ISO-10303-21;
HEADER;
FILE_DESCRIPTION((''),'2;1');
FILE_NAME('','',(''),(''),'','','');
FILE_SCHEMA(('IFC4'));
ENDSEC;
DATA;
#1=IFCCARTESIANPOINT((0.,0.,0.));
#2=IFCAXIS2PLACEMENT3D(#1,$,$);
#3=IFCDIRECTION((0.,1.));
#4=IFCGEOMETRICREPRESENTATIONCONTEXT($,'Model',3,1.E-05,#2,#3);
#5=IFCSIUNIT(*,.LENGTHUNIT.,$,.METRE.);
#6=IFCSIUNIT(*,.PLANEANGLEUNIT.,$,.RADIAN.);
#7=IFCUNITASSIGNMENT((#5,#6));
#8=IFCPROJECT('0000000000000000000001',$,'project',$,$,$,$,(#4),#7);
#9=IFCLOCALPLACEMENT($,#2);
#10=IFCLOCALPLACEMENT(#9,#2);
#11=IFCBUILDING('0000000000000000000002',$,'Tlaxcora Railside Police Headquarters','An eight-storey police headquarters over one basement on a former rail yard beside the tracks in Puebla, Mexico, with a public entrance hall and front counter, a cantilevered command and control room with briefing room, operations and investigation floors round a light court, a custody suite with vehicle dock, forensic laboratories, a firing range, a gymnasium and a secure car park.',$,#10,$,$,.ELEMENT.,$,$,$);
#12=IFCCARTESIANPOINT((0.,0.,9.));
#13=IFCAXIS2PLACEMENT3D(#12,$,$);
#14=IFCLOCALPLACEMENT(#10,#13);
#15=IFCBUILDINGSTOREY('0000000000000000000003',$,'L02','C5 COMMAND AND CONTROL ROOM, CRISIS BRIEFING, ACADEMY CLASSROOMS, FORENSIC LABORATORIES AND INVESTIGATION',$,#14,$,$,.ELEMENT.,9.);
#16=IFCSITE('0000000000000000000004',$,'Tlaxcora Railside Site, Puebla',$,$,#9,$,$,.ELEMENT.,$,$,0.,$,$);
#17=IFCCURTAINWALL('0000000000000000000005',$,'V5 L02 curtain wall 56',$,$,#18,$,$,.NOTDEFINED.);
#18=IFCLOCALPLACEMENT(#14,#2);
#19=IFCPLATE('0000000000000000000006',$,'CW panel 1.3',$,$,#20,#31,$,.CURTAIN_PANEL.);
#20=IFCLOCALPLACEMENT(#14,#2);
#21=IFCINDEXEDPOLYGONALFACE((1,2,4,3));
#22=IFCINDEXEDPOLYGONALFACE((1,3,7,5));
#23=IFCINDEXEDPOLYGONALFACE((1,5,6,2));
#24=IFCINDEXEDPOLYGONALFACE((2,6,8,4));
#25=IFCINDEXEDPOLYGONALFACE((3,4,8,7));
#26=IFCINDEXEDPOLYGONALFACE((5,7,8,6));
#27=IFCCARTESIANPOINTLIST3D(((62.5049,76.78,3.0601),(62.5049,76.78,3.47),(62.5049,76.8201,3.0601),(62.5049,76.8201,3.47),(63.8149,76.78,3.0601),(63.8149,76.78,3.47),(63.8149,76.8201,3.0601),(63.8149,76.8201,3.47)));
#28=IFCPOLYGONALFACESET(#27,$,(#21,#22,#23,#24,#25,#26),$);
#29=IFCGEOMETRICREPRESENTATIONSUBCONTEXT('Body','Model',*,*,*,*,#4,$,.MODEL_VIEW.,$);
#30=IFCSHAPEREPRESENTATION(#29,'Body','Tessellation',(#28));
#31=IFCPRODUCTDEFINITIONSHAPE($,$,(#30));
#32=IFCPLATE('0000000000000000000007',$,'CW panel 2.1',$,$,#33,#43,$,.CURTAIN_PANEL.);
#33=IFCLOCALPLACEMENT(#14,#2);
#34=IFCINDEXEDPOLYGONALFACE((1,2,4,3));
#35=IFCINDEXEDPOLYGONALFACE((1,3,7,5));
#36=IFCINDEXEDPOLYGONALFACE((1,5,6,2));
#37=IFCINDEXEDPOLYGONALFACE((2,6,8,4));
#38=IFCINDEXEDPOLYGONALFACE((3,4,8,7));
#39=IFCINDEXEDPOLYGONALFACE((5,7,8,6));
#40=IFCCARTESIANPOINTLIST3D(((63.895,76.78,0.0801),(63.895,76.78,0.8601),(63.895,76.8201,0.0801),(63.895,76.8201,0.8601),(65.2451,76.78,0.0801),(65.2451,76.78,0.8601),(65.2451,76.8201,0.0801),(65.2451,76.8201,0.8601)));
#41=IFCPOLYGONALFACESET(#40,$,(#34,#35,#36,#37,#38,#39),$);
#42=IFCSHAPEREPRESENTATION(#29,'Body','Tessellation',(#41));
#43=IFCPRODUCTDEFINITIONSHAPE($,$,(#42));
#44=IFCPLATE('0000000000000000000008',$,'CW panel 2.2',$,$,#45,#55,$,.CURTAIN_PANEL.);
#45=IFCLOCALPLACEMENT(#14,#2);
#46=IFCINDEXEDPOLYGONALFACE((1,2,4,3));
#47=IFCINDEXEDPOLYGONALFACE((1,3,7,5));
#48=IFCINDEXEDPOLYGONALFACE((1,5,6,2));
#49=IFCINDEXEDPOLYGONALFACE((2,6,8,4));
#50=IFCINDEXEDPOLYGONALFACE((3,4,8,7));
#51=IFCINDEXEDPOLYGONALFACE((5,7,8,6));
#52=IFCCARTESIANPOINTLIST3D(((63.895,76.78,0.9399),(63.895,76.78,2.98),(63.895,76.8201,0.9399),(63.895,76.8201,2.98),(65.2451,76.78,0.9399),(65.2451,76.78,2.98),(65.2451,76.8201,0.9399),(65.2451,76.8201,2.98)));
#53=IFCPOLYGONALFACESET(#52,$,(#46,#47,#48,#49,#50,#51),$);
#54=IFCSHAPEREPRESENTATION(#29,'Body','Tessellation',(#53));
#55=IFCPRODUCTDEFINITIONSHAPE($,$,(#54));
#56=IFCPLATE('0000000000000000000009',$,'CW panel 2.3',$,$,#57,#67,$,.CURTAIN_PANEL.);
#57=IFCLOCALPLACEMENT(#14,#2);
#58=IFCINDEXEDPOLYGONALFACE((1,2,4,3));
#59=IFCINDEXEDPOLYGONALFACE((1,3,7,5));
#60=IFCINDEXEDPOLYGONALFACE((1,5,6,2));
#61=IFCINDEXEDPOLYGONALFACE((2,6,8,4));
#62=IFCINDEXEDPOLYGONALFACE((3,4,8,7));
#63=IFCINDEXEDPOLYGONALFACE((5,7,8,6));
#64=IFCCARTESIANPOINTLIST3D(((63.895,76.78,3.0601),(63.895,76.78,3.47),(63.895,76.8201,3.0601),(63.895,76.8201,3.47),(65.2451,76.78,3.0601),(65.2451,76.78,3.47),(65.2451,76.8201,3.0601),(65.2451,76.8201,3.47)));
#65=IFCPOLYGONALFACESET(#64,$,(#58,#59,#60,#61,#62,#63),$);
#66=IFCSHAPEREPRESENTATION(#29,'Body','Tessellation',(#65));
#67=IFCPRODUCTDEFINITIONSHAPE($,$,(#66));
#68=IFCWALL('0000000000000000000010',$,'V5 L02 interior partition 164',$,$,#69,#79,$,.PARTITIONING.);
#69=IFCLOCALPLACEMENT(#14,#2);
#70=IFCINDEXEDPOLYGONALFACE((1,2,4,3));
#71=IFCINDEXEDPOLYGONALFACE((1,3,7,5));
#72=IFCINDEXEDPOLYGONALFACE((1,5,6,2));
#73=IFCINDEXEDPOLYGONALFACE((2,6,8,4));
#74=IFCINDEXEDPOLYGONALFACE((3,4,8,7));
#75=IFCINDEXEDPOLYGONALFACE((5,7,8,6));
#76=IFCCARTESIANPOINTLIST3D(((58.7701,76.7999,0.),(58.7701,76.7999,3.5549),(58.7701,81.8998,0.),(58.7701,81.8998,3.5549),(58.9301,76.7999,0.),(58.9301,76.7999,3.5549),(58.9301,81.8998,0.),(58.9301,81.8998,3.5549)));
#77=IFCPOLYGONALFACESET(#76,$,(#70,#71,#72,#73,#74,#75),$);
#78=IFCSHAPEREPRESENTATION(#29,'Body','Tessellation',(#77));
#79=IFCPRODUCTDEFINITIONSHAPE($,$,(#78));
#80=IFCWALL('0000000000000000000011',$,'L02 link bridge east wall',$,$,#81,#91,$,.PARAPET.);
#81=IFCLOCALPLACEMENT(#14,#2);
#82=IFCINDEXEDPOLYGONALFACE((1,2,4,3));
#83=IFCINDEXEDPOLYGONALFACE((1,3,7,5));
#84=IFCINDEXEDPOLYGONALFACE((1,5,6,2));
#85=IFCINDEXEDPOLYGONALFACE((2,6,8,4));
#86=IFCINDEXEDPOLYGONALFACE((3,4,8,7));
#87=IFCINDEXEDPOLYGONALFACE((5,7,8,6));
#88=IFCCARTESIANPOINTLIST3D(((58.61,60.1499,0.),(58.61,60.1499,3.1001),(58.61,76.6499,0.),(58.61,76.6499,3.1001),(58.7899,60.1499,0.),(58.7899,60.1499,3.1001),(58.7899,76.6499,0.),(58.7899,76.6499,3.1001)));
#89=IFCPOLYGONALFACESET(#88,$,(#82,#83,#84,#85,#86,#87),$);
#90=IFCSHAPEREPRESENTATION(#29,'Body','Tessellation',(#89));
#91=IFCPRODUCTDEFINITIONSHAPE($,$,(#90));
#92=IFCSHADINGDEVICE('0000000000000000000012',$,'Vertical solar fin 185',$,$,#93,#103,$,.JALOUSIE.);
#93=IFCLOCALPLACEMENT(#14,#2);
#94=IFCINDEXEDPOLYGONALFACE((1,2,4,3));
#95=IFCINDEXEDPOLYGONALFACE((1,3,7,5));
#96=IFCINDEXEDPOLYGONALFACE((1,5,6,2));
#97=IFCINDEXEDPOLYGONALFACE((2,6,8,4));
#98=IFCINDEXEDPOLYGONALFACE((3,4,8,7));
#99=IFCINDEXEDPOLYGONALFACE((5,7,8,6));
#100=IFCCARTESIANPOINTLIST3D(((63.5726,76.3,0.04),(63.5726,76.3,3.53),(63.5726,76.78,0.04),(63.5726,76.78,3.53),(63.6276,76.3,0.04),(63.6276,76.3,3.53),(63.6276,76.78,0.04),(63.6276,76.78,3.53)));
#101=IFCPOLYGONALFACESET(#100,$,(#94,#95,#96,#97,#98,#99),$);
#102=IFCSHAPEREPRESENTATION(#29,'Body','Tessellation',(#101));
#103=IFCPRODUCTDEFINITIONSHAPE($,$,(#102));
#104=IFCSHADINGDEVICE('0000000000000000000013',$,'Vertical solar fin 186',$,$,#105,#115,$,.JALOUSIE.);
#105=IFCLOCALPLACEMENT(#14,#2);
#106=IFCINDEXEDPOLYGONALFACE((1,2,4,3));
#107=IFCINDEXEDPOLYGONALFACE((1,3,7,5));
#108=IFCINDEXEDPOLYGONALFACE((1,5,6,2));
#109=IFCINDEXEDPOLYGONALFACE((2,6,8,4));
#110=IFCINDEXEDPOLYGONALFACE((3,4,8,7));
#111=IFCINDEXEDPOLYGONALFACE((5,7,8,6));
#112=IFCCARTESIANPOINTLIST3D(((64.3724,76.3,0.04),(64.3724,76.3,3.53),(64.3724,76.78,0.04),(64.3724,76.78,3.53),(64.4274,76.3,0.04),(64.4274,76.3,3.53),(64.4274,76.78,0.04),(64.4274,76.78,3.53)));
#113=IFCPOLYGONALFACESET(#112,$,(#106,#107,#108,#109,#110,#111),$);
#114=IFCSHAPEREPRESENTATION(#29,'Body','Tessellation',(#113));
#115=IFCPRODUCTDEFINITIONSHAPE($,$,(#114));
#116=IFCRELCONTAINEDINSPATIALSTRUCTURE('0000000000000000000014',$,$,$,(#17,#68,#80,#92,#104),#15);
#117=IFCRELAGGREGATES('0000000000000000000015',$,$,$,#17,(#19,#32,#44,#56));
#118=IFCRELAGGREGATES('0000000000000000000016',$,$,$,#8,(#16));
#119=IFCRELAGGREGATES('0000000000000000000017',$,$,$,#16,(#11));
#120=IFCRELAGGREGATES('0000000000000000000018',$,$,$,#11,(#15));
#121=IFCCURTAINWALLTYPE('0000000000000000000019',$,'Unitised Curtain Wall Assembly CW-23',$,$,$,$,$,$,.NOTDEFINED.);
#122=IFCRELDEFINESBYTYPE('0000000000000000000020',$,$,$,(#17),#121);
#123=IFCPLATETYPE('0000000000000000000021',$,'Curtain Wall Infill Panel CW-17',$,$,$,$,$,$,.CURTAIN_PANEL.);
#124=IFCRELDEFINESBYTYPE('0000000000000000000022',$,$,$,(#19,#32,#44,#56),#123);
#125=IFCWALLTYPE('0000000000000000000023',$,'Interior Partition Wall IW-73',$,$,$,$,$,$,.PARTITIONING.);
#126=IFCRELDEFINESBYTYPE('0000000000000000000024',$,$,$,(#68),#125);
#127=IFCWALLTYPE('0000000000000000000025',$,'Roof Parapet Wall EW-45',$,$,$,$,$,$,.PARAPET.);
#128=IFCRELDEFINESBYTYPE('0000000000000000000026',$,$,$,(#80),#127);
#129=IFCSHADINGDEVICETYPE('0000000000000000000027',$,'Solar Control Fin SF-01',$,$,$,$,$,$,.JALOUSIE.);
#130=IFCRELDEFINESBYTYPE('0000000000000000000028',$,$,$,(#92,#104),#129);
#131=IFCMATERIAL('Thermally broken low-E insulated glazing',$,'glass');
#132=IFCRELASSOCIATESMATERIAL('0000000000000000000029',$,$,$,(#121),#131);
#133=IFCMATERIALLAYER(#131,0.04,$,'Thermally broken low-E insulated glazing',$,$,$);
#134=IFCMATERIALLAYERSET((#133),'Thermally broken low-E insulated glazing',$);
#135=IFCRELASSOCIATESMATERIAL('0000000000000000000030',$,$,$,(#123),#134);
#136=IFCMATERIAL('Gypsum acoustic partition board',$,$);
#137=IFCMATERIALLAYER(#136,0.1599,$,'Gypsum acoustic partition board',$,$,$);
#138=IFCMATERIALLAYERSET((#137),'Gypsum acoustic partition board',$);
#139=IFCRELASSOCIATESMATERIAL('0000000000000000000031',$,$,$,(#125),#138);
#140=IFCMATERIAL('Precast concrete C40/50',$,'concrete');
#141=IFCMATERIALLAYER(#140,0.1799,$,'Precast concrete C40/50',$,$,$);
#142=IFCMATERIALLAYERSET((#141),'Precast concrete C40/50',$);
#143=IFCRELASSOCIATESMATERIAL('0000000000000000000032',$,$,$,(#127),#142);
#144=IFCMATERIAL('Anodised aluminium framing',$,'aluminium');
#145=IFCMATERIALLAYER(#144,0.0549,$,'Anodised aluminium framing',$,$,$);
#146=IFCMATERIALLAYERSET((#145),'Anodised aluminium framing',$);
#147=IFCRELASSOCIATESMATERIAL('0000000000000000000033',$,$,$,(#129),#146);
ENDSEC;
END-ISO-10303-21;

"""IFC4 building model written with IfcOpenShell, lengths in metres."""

from ifc_helpers import new_model, si_unit, direction, frame, frame_2d, origin, origin_2d, place, context, subcontext, project, spatial, rectangle, extrude, material, layer, layer_set, type_object, element, aggregate, save


model = new_model("IFC4")

# Units and contexts
model_context = context("Model", 3, precision=1e-05, world=origin(), true_north=direction((0.0, 1.0)))
body_context = subcontext(model_context, "Body", "Model", "MODEL_VIEW")
ifc_project = project(units=[si_unit("LENGTHUNIT", "METRE"), si_unit("PLANEANGLEUNIT", "RADIAN")], contexts=[model_context])

# Site, building, storey
site_placement = place(None, origin())
site = spatial("IfcSite", under=ifc_project, at=site_placement, Name="Tlaxcora Railside Site, Puebla", CompositionType="ELEMENT", RefElevation=0.0)
building_placement = place(site_placement, origin())
building = spatial("IfcBuilding", under=site, at=building_placement, Name="Tlaxcora Railside Police Headquarters", Description="An eight-storey police headquarters over one basement on a former rail yard beside the tracks in Puebla, Mexico, with a public entrance hall and front counter, a cantilevered command and control room with briefing room, operations and investigation floors round a light court, a custody suite with vehicle dock, forensic laboratories, a firing range, a gymnasium and a secure car park.", CompositionType="ELEMENT")
storey_placement = place(building_placement, frame((0.0, 0.0, 9.0)))
storey = spatial("IfcBuildingStorey", under=building, at=storey_placement, Name="L02", Description="C5 COMMAND AND CONTROL ROOM, CRISIS BRIEFING, ACADEMY CLASSROOMS, FORENSIC LABORATORIES AND INVESTIGATION", CompositionType="ELEMENT", Elevation=9.0)

# Curtain wall
ifc_material_1 = material(Name="Thermally broken low-E insulated glazing", Category="glass")
curtain_wall_type = type_object("IfcCurtainWallType", Name="Unitised Curtain Wall Assembly CW-23", PredefinedType="NOTDEFINED", material=ifc_material_1)
curtain_wall_placement = place(storey_placement, origin())
curtain_wall = element("IfcCurtainWall", 1, at=curtain_wall_placement, inside=storey, type_object=curtain_wall_type, Name="V5 L02 curtain wall 56", PredefinedType="NOTDEFINED")
ifc_material_2 = material(Name="Anodised aluminium framing", Category="aluminium")

# Plates
ifc_layer_1 = layer(ifc_material_1, 0.04, Name="Thermally broken low-E insulated glazing")
ifc_layer_set_1 = layer_set([ifc_layer_1], Name="Thermally broken low-E insulated glazing")
plate_type = type_object("IfcPlateType", Name="Curtain Wall Infill Panel CW-17", PredefinedType="CURTAIN_PANEL", material=ifc_layer_set_1)
plate_1_placement = place(storey_placement, frame((63.1599, 76.8, 3.0601), z_axis=(0.0, 0.0, 1.0), x_axis=(1.0, 0.0, 0.0)))
plate_1 = element("IfcPlate", 2, at=plate_1_placement, type_object=plate_type, Name="CW panel 1.3", PredefinedType="CURTAIN_PANEL", context=body_context, shape_type="SweptSolid", body=[
    extrude(rectangle(XDim=1.3101, YDim=0.04, at=origin_2d()), origin(), (0.0, 0.0, 1.0), 0.4099),
])
plate_2_placement = place(storey_placement, frame((64.5701, 76.8, 0.0801), z_axis=(0.0, 0.0, 1.0), x_axis=(1.0, 0.0, 0.0)))
plate_2 = element("IfcPlate", 3, at=plate_2_placement, type_object=plate_type, Name="CW panel 2.1", PredefinedType="CURTAIN_PANEL", context=body_context, shape_type="SweptSolid", body=[
    extrude(rectangle(XDim=1.3501, YDim=0.04, at=origin_2d()), origin(), (0.0, 0.0, 1.0), 0.78),
])
plate_3_placement = place(storey_placement, frame((64.5701, 76.8, 0.9399), z_axis=(0.0, 0.0, 1.0), x_axis=(1.0, 0.0, 0.0)))
plate_3 = element("IfcPlate", 4, at=plate_3_placement, type_object=plate_type, Name="CW panel 2.2", PredefinedType="CURTAIN_PANEL", context=body_context, shape_type="SweptSolid", body=[
    extrude(rectangle(XDim=1.3501, YDim=0.04, at=origin_2d()), origin(), (0.0, 0.0, 1.0), 2.04),
])
plate_4_placement = place(storey_placement, frame((64.5701, 76.8, 3.0601), z_axis=(0.0, 0.0, 1.0), x_axis=(1.0, 0.0, 0.0)))
plate_4 = element("IfcPlate", 5, at=plate_4_placement, type_object=plate_type, Name="CW panel 2.3", PredefinedType="CURTAIN_PANEL", context=body_context, shape_type="SweptSolid", body=[
    extrude(rectangle(XDim=1.3501, YDim=0.04, at=origin_2d()), origin(), (0.0, 0.0, 1.0), 0.4099),
])
aggregate(curtain_wall, [plate_1, plate_2, plate_3, plate_4])

# Walls
ifc_material_3 = material(Name="Gypsum acoustic partition board")
ifc_layer_2 = layer(ifc_material_3, 0.1599, Name="Gypsum acoustic partition board")
ifc_layer_set_2 = layer_set([ifc_layer_2], Name="Gypsum acoustic partition board")
wall_type_1 = type_object("IfcWallType", Name="Interior Partition Wall IW-73", PredefinedType="PARTITIONING", material=ifc_layer_set_2)
wall_1_placement = place(storey_placement, frame((58.8501, 76.8, 0.0), z_axis=(0.0, 0.0, 1.0), x_axis=(0.0, 1.0, 0.0)))
element("IfcWall", 6, at=wall_1_placement, inside=storey, type_object=wall_type_1, Name="V5 L02 interior partition 164", PredefinedType="PARTITIONING", context=body_context, shape_type="SweptSolid", body=[
    extrude(rectangle(XDim=5.0999, YDim=0.1599, at=frame_2d((2.5498, 0.0))), origin(), (0.0, 0.0, 1.0), 3.5549),
])
ifc_material_4 = material(Name="Precast concrete C40/50", Category="concrete")
ifc_layer_3 = layer(ifc_material_4, 0.1799, Name="Precast concrete C40/50")
ifc_layer_set_3 = layer_set([ifc_layer_3], Name="Precast concrete C40/50")
wall_type_2 = type_object("IfcWallType", Name="Roof Parapet Wall EW-45", PredefinedType="PARAPET", material=ifc_layer_set_3)
wall_2_placement = place(storey_placement, frame((58.7, 76.6499, 0.0), z_axis=(0.0, 0.0, 1.0), x_axis=(0.0, -1.0, 0.0)))
element("IfcWall", 7, at=wall_2_placement, inside=storey, type_object=wall_type_2, Name="L02 link bridge east wall", PredefinedType="PARAPET", context=body_context, shape_type="SweptSolid", body=[
    extrude(rectangle(XDim=16.5, YDim=0.1799, at=frame_2d((8.25, 0.0))), origin(), (0.0, 0.0, 1.0), 3.1001),
])

# Shading devices
ifc_layer_4 = layer(ifc_material_2, 0.0549, Name="Anodised aluminium framing")
ifc_layer_set_4 = layer_set([ifc_layer_4], Name="Anodised aluminium framing")
shading_device_type = type_object("IfcShadingDeviceType", Name="Solar Control Fin SF-01", PredefinedType="JALOUSIE", material=ifc_layer_set_4)
for number, where, z_axis, x_axis, name in (
    (8, (63.6001, 76.54, 0.04), (0.0, 0.0, 1.0), (0.0, -1.0, 0.0), "Vertical solar fin 185"),
    (9, (64.3999, 76.54, 0.04), (0.0, 0.0, 1.0), (0.0, -1.0, 0.0), "Vertical solar fin 186"),
):
    element("IfcShadingDevice", number, at=place(storey_placement, frame(where, z_axis=z_axis, x_axis=x_axis)), inside=storey, type_object=shading_device_type, Name=name, PredefinedType="JALOUSIE", context=body_context, shape_type="SweptSolid", body=[
        extrude(rectangle(XDim=0.48, YDim=0.0549, at=origin_2d()), origin(), (0.0, 0.0, 1.0), 3.49),
    ])

save(model, "model.ifc")
